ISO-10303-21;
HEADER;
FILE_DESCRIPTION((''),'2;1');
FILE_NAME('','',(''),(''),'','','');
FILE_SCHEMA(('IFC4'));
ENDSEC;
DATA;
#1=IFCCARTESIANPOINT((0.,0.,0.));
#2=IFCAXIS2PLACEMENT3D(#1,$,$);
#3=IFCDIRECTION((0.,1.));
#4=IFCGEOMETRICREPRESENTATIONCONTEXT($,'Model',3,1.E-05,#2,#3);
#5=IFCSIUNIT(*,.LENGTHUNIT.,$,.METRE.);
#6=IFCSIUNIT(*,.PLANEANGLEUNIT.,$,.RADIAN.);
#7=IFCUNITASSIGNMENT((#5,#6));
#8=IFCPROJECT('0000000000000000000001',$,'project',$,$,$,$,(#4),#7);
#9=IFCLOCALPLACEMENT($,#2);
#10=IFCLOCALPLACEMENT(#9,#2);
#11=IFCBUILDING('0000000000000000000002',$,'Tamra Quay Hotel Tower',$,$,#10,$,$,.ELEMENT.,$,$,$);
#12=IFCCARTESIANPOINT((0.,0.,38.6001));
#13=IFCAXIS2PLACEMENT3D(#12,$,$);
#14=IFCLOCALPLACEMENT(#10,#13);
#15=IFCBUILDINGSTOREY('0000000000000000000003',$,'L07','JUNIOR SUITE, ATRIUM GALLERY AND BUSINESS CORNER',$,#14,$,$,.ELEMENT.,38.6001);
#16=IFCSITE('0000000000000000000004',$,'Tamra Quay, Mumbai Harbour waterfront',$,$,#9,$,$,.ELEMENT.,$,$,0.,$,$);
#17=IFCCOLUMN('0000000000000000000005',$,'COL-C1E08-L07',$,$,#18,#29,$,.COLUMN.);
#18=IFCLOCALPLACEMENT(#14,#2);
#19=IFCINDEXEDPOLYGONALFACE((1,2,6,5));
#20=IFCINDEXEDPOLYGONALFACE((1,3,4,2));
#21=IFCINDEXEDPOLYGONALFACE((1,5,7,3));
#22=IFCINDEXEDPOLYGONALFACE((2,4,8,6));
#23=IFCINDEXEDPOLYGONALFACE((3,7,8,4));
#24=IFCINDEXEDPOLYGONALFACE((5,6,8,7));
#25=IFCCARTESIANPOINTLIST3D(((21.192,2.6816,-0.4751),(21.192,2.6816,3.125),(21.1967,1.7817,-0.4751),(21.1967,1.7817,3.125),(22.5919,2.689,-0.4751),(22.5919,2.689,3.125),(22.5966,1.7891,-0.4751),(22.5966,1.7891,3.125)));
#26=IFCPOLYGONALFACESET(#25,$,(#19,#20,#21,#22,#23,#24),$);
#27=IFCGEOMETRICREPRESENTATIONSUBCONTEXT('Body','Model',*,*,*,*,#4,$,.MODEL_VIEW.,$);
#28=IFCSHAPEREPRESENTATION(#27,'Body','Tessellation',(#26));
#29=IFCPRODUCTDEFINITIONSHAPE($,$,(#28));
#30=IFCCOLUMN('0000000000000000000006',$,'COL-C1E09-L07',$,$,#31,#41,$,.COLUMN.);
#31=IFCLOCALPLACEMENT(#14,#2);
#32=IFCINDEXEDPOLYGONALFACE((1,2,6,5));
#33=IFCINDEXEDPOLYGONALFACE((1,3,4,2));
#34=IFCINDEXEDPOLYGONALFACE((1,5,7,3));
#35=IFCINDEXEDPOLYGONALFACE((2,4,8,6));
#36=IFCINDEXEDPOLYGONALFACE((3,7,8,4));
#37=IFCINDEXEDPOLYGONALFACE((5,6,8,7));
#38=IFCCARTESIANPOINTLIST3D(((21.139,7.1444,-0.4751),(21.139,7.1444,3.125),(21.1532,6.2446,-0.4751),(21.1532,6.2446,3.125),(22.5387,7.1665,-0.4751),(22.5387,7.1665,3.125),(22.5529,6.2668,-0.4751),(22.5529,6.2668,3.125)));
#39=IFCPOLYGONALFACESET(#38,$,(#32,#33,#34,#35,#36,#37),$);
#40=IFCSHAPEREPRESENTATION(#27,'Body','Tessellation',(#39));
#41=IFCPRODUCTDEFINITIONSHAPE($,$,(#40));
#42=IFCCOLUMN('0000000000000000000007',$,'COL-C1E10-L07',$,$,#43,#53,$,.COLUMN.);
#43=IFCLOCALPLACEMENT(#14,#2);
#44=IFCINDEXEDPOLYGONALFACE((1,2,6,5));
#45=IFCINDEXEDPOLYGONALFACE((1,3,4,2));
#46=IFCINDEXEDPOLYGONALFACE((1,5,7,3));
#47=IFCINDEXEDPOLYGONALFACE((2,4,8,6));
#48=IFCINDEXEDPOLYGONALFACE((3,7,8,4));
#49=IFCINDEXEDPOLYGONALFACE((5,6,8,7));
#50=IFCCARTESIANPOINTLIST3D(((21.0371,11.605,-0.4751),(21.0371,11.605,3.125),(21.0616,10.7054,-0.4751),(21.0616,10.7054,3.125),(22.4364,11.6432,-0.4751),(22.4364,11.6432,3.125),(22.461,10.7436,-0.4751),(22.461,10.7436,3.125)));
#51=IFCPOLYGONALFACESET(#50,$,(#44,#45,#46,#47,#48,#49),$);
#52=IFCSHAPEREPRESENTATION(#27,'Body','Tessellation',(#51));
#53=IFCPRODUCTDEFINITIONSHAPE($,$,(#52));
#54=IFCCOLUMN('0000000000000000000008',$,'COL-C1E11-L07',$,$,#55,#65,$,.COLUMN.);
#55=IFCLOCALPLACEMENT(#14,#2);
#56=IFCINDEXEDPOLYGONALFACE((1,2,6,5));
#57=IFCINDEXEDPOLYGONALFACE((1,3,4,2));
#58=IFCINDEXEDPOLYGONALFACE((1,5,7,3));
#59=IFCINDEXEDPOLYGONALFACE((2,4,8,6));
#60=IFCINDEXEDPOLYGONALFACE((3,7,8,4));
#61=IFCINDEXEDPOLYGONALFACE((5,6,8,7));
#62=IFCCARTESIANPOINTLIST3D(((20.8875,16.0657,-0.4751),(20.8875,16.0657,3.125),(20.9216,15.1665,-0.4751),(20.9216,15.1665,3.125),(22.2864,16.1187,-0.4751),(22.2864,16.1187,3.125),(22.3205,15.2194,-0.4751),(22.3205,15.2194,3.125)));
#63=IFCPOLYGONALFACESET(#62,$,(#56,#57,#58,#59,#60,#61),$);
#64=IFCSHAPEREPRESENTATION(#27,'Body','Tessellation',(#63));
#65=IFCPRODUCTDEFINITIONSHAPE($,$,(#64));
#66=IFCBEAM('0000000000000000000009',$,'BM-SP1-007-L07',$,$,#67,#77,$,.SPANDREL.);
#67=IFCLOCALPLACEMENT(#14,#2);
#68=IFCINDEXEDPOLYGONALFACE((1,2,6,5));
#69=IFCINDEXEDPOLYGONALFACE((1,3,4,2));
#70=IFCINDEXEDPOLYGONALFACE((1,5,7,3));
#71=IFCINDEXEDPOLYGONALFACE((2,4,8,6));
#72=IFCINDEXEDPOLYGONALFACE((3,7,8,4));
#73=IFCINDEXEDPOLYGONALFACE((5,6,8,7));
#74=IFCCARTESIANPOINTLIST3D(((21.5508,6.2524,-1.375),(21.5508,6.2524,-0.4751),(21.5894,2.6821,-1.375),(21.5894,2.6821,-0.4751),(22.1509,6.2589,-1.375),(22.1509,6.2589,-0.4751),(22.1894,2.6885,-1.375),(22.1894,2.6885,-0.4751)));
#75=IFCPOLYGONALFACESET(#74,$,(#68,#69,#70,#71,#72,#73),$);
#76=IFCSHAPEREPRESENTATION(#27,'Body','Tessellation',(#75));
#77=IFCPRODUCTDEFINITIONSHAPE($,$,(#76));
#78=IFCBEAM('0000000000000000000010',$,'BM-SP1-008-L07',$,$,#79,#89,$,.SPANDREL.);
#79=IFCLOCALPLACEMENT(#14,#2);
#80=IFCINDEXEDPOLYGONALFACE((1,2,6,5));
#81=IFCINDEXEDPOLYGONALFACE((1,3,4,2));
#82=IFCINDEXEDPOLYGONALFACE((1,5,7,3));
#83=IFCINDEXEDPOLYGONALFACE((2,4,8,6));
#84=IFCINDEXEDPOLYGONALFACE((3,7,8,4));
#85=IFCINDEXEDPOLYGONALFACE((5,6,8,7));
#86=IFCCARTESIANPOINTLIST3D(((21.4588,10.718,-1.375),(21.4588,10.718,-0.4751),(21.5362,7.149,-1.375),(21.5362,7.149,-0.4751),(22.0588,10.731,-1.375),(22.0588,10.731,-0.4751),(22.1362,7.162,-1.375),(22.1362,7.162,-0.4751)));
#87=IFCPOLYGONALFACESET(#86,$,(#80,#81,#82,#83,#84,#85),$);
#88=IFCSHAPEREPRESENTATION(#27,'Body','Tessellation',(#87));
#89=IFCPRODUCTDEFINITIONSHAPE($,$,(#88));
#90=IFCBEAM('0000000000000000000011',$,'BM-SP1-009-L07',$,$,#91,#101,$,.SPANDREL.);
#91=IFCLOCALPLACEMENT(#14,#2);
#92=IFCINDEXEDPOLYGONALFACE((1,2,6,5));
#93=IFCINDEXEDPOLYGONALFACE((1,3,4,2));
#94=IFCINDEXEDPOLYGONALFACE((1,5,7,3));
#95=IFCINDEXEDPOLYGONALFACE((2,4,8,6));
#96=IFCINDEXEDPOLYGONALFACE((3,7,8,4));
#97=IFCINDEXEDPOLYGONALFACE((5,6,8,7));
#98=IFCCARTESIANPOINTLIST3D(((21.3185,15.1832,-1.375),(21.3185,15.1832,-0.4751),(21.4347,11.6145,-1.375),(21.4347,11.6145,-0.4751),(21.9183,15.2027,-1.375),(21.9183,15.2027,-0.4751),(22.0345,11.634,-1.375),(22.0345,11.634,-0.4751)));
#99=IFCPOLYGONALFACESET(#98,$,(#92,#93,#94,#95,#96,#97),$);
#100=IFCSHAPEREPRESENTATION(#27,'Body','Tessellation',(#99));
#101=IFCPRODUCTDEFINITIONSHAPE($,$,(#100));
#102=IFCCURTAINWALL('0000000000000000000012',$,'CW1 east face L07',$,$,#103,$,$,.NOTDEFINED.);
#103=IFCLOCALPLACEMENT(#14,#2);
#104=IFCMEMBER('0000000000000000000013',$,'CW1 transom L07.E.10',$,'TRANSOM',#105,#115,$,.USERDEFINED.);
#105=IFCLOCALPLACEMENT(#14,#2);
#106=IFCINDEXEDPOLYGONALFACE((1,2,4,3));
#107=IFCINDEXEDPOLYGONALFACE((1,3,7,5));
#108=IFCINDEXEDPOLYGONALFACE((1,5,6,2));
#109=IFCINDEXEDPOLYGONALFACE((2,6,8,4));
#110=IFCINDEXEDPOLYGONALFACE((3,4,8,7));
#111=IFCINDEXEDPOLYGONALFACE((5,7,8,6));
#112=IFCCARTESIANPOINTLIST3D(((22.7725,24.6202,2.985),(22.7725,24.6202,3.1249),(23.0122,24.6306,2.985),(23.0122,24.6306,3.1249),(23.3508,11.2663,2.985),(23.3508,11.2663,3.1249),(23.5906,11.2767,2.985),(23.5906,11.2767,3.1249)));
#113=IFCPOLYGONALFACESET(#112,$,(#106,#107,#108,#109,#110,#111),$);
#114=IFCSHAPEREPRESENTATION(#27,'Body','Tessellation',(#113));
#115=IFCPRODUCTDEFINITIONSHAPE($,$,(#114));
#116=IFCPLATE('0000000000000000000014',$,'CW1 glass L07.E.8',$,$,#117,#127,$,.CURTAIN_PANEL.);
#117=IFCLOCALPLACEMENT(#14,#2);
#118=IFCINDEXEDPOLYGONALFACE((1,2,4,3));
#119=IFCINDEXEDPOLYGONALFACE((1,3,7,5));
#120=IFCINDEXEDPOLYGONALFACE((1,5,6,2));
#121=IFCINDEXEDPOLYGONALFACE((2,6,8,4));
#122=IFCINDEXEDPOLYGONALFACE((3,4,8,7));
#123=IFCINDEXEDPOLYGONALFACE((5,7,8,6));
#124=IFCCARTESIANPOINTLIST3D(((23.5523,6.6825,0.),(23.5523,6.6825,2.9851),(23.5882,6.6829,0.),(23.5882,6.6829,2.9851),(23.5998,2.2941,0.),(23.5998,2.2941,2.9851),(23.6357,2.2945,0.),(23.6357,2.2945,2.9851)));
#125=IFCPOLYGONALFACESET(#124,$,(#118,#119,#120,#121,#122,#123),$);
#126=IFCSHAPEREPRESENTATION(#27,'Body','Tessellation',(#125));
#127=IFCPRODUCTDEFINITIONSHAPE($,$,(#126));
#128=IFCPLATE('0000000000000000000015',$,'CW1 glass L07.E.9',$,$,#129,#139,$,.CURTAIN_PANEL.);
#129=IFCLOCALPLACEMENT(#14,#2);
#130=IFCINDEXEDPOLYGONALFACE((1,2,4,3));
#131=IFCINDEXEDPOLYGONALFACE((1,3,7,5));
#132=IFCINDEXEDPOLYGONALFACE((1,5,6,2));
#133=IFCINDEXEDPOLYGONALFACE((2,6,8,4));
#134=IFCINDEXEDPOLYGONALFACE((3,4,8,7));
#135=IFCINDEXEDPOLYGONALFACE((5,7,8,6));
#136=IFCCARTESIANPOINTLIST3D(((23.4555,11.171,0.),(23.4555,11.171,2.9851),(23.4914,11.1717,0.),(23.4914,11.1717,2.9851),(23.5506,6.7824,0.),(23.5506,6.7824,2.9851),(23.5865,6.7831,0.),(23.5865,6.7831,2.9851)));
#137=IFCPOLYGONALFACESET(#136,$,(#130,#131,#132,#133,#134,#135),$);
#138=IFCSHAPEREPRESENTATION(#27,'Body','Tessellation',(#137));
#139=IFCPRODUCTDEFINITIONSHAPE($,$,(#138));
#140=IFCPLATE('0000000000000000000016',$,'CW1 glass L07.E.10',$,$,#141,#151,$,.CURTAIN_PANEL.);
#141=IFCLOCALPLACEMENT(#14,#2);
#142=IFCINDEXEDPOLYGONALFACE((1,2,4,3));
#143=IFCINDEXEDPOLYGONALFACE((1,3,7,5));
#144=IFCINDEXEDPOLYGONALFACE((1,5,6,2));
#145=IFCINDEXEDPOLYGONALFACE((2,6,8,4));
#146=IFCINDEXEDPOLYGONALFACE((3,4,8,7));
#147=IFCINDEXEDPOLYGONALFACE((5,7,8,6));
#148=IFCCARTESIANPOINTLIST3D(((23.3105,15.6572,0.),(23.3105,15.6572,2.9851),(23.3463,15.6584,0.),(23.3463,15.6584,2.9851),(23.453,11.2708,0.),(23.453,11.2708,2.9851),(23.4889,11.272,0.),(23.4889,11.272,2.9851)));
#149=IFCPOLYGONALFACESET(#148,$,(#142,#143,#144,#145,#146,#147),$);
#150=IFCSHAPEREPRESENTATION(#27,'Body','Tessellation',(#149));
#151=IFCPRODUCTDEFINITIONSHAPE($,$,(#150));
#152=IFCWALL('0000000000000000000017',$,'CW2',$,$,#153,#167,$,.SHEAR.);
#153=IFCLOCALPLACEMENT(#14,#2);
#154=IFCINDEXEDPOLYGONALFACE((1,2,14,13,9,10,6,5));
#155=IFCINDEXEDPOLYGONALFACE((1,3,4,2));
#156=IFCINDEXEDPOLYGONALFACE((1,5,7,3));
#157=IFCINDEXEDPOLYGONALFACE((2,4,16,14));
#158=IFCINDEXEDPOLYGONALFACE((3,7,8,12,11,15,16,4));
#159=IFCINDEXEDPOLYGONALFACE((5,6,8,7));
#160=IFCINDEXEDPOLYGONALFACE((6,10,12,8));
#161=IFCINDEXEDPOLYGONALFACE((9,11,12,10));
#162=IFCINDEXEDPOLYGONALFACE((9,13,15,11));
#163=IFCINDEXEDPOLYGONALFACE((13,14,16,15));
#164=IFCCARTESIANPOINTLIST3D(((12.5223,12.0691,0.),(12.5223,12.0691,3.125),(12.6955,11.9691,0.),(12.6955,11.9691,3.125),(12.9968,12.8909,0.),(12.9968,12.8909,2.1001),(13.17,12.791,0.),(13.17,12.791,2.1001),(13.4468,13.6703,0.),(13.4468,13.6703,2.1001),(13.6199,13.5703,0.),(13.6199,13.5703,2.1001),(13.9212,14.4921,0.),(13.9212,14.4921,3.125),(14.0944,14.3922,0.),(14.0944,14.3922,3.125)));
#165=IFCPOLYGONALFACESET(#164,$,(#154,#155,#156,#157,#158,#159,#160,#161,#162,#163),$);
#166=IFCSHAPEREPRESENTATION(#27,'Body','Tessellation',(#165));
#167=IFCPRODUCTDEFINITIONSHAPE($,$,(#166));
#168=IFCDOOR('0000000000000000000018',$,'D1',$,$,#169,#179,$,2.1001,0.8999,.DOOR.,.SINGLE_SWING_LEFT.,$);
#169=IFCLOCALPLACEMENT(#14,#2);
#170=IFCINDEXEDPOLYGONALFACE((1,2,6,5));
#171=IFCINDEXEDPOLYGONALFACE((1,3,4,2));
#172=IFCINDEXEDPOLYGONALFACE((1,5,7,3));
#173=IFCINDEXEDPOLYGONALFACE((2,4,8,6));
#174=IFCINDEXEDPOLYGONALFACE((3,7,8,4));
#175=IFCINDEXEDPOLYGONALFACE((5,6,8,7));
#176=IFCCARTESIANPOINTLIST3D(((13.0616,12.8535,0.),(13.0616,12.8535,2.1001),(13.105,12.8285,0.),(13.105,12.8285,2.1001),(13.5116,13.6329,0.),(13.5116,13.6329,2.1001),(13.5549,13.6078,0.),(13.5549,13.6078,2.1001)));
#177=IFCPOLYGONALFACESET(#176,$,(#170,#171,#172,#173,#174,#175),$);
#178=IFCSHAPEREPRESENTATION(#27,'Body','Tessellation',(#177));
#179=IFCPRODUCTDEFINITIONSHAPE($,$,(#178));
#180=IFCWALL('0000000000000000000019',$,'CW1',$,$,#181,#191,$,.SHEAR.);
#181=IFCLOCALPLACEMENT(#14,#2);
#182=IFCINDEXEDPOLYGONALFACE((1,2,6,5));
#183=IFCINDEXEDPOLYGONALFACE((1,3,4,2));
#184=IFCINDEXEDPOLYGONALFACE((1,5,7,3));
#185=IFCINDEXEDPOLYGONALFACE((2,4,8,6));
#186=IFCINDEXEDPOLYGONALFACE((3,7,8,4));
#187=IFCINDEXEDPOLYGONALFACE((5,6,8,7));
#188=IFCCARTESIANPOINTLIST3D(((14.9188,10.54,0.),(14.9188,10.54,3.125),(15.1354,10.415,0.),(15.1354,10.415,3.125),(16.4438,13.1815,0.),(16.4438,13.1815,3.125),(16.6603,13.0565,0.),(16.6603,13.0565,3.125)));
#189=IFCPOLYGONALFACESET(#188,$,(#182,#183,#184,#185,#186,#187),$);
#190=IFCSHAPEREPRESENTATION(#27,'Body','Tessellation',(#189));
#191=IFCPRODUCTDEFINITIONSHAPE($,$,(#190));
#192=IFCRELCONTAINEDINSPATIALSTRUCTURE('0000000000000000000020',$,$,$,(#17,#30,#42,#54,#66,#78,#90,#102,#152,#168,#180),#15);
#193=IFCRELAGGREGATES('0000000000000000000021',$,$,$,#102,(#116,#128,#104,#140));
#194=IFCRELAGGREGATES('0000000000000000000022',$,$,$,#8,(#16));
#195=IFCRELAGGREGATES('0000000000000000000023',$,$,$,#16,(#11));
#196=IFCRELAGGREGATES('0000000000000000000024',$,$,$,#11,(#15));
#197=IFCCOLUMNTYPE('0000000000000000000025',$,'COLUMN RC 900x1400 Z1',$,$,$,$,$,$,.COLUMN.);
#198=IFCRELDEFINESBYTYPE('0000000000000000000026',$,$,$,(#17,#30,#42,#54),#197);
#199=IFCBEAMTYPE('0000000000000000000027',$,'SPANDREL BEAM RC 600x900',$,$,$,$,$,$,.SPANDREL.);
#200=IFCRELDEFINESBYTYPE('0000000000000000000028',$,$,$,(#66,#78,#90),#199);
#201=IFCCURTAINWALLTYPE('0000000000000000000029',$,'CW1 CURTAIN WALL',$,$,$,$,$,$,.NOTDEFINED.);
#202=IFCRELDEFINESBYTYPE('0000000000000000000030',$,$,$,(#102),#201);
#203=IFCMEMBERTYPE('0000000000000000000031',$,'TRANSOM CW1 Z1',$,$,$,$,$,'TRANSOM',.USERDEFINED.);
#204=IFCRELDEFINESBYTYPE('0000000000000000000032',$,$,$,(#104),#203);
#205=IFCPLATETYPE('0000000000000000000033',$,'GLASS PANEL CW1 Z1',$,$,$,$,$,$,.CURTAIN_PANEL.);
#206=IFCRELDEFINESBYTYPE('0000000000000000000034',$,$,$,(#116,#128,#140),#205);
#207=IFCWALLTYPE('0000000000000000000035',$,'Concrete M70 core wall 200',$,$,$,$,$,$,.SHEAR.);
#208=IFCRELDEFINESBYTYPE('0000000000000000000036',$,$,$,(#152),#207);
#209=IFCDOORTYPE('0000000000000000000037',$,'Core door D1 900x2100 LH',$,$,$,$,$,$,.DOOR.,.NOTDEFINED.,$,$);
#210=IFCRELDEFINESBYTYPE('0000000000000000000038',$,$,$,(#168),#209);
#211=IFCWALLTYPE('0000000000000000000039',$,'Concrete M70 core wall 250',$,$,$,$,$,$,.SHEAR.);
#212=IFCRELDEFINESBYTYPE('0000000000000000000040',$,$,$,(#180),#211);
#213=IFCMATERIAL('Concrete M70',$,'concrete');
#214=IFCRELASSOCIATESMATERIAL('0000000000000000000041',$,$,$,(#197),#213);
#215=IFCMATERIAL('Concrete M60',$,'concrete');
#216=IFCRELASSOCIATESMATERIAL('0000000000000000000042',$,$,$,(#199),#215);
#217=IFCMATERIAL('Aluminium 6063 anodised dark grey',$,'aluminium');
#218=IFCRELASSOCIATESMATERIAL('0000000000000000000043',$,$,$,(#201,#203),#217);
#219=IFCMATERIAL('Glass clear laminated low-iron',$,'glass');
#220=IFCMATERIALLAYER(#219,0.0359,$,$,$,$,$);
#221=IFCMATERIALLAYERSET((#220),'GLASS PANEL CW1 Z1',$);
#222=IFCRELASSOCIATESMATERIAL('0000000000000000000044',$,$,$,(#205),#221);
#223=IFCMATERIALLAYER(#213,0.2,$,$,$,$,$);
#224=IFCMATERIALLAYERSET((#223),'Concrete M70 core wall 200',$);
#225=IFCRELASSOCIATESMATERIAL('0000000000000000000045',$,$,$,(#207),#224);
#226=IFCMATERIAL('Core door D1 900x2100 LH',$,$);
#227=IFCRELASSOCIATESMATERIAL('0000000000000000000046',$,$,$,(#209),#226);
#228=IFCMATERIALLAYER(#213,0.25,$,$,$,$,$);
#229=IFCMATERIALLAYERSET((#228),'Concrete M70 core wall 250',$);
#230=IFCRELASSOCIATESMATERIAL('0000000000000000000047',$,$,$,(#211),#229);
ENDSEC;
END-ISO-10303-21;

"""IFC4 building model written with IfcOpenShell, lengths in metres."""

from ifc_helpers import new_model, si_unit, direction, frame, frame_2d, origin, origin_2d, place, context, subcontext, project, spatial, rectangle, extrude, material, layer, layer_set, material_profile, profile_set, type_object, element, fill, aggregate, save


model = new_model("IFC4")

# Units and contexts
model_context = context("Model", 3, precision=1e-05, world=origin(), true_north=direction((0.0, 1.0)))
body_context = subcontext(model_context, "Body", "Model", "MODEL_VIEW")
ifc_project = project(units=[si_unit("LENGTHUNIT", "METRE"), si_unit("PLANEANGLEUNIT", "RADIAN")], contexts=[model_context])

# Site, building, storey
site_placement = place(None, origin())
site = spatial("IfcSite", under=ifc_project, at=site_placement, Name="Tamra Quay, Mumbai Harbour waterfront", CompositionType="ELEMENT", RefElevation=0.0)
building_placement = place(site_placement, origin())
building = spatial("IfcBuilding", under=site, at=building_placement, Name="Tamra Quay Hotel Tower", CompositionType="ELEMENT")
storey_placement = place(building_placement, frame((0.0, 0.0, 38.6001)))
storey = spatial("IfcBuildingStorey", under=building, at=storey_placement, Name="L07", Description="JUNIOR SUITE, ATRIUM GALLERY AND BUSINESS CORNER", CompositionType="ELEMENT", Elevation=38.6001)

# Columns
ifc_material_1 = material(Name="Concrete M70", Category="concrete")
ifc_material_profile_1 = material_profile(ifc_material_1, rectangle(XDim=1.3999, YDim=0.8999, at=origin_2d()), Name="COLUMN RC 900x1400 Z1")
ifc_profile_set_1 = profile_set([ifc_material_profile_1], Name="Concrete M70")
column_type = type_object("IfcColumnType", Name="COLUMN RC 900x1400 Z1", PredefinedType="COLUMN", material=ifc_profile_set_1)
for number, where, z_axis, x_axis, name in (
    (1, (21.8943, 2.2354, -0.4751), (0.0, 0.0, 1.0), (0.999986, 0.00528, 0.0), "COL-C1E08-L07"),
    (2, (21.8459, 6.7056, -0.4751), (0.0, 0.0, 1.0), (0.999875, 0.015838, 0.0), "COL-C1E09-L07"),
    (3, (21.749, 11.1743, -0.4751), (0.0, 0.0, 1.0), (0.999628, 0.027269, 0.0), "COL-C1E10-L07"),
    (4, (21.604, 15.6426, -0.4751), (0.0, 0.0, 1.0), (0.999285, 0.037812, 0.0), "COL-C1E11-L07"),
):
    element("IfcColumn", number, at=place(storey_placement, frame(where, z_axis=z_axis, x_axis=x_axis)), inside=storey, type_object=column_type, Name=name, PredefinedType="COLUMN", context=body_context, shape_type="SweptSolid", body=[
        extrude(rectangle(XDim=1.3999, YDim=0.8999, at=origin_2d()), origin(), (0.0, 0.0, 1.0), 3.6001),
    ])

# Beams
ifc_material_2 = material(Name="Concrete M60", Category="concrete")
ifc_material_profile_2 = material_profile(ifc_material_2, rectangle(XDim=0.6001, YDim=0.8999, at=origin_2d()), Name="SPANDREL BEAM RC 600x900")
ifc_profile_set_2 = profile_set([ifc_material_profile_2], Name="Concrete M60")
beam_type = type_object("IfcBeamType", Name="SPANDREL BEAM RC 600x900", PredefinedType="SPANDREL", material=ifc_profile_set_2)
beam_1_placement = place(storey_placement, frame((21.8894, 2.6853, -0.925), z_axis=(-0.010804, 0.999942, 0.0), x_axis=(-0.999942, -0.010804, 0.0)))
element("IfcBeam", 5, at=beam_1_placement, inside=storey, type_object=beam_type, Name="BM-SP1-007-L07", PredefinedType="SPANDREL", context=body_context, shape_type="SweptSolid", body=[
    extrude(rectangle(XDim=0.6001, YDim=0.8999, at=origin_2d()), origin(), (0.0, 0.0, 1.0), 3.5706),
])
beam_2_placement = place(storey_placement, frame((21.8362, 7.1555, -0.925), z_axis=(-0.021679, 0.999765, 0.0), x_axis=(-0.999765, -0.021679, 0.0)))
element("IfcBeam", 6, at=beam_2_placement, inside=storey, type_object=beam_type, Name="BM-SP1-008-L07", PredefinedType="SPANDREL", context=body_context, shape_type="SweptSolid", body=[
    extrude(rectangle(XDim=0.6001, YDim=0.8999, at=origin_2d()), origin(), (0.0, 0.0, 1.0), 3.5698),
])
beam_3_placement = place(storey_placement, frame((21.7346, 11.6243, -0.925), z_axis=(-0.032548, 0.99947, 0.0), x_axis=(-0.99947, -0.032548, 0.0)))
element("IfcBeam", 7, at=beam_3_placement, inside=storey, type_object=beam_type, Name="BM-SP1-009-L07", PredefinedType="SPANDREL", context=body_context, shape_type="SweptSolid", body=[
    extrude(rectangle(XDim=0.6001, YDim=0.8999, at=origin_2d()), origin(), (0.0, 0.0, 1.0), 3.5706),
])

# Curtain wall, member, plates
ifc_material_3 = material(Name="Aluminium 6063 anodised dark grey", Category="aluminium")
curtain_wall_type = type_object("IfcCurtainWallType", Name="CW1 CURTAIN WALL", PredefinedType="NOTDEFINED", material=ifc_material_3)
curtain_wall_placement = place(storey_placement, origin())
curtain_wall = element("IfcCurtainWall", 8, at=curtain_wall_placement, inside=storey, type_object=curtain_wall_type, Name="CW1 east face L07", PredefinedType="NOTDEFINED")
ifc_material_profile_3 = material_profile(ifc_material_3, rectangle(XDim=0.24, YDim=0.1399, at=origin_2d()), Name="TRANSOM 240X140")
ifc_profile_set_3 = profile_set([ifc_material_profile_3], Name="Aluminium 6063 anodised dark grey")
member_type = type_object("IfcMemberType", Name="TRANSOM CW1 Z1", ElementType="TRANSOM", PredefinedType="USERDEFINED", material=ifc_profile_set_3)
member_placement = place(storey_placement, frame((23.4707, 11.2715, 3.0549), z_axis=(-0.04327, 0.999063, 0.0), x_axis=(-0.999063, -0.04327, 0.0)))
member = element("IfcMember", 9, at=member_placement, type_object=member_type, Name="CW1 transom L07.E.10", ObjectType="TRANSOM", PredefinedType="USERDEFINED", context=body_context, shape_type="SweptSolid", body=[
    extrude(rectangle(XDim=0.24, YDim=0.1399, at=origin_2d()), origin(), (0.0, 0.0, 1.0), 13.3665),
])
ifc_material_4 = material(Name="Glass clear laminated low-iron", Category="glass")
ifc_layer_1 = layer(ifc_material_4, 0.0359)
ifc_layer_set_1 = layer_set([ifc_layer_1], Name="GLASS PANEL CW1 Z1")
plate_type = type_object("IfcPlateType", Name="GLASS PANEL CW1 Z1", PredefinedType="CURTAIN_PANEL", material=ifc_layer_set_1)
plate_1_placement = place(storey_placement, frame((23.594, 4.4885, 0.0), z_axis=(0.0, 0.0, 1.0), x_axis=(-0.010836, 0.999941, 0.0)))
plate_1 = element("IfcPlate", 10, at=plate_1_placement, type_object=plate_type, Name="CW1 glass L07.E.8", PredefinedType="CURTAIN_PANEL", context=body_context, shape_type="SweptSolid", body=[
    extrude(rectangle(XDim=4.3887, YDim=0.0359, at=origin_2d()), origin(), (0.0, 0.0, 1.0), 2.9851),
])
plate_2_placement = place(storey_placement, frame((23.521, 8.9771, 0.0), z_axis=(0.0, 0.0, 1.0), x_axis=(-0.021658, 0.999765, 0.0)))
plate_2 = element("IfcPlate", 11, at=plate_2_placement, type_object=plate_type, Name="CW1 glass L07.E.9", PredefinedType="CURTAIN_PANEL", context=body_context, shape_type="SweptSolid", body=[
    extrude(rectangle(XDim=4.3896, YDim=0.0359, at=origin_2d()), origin(), (0.0, 0.0, 1.0), 2.9851),
])
plate_3_placement = place(storey_placement, frame((23.3997, 13.4646, 0.0), z_axis=(0.0, 0.0, 1.0), x_axis=(-0.032475, 0.999473, 0.0)))
plate_3 = element("IfcPlate", 12, at=plate_3_placement, type_object=plate_type, Name="CW1 glass L07.E.10", PredefinedType="CURTAIN_PANEL", context=body_context, shape_type="SweptSolid", body=[
    extrude(rectangle(XDim=4.3887, YDim=0.0359, at=origin_2d()), origin(), (0.0, 0.0, 1.0), 2.9851),
])
aggregate(curtain_wall, [plate_1, plate_2, member, plate_3])

# Wall, opening, door
ifc_layer_2 = layer(ifc_material_1, 0.2)
ifc_layer_set_2 = layer_set([ifc_layer_2], Name="Concrete M70 core wall 200")
wall_type_1 = type_object("IfcWallType", Name="Concrete M70 core wall 200", PredefinedType="SHEAR", material=ifc_layer_set_2)
wall_1_placement = place(storey_placement, frame((14.0078, 14.4421, 0.0), z_axis=(0.0, 0.0, 1.0), x_axis=(-0.499987, -0.866033, 0.0)))
wall_1 = element("IfcWall", 13, at=wall_1_placement, inside=storey, type_object=wall_type_1, Name="CW2", PredefinedType="SHEAR", context=body_context, shape_type="SweptSolid", body=[
    extrude(rectangle(XDim=2.7979, YDim=0.2, at=frame_2d((1.3989, 0.0))), origin(), (0.0, 0.0, 1.0), 3.125),
])
opening_1_placement = place(wall_1_placement, frame((0.949, 0.0, 0.0)))
opening_1 = element("IfcOpeningElement", 14, at=opening_1_placement, cuts=wall_1, PredefinedType="OPENING", context=body_context, shape_type="SweptSolid", body=[
    extrude(rectangle(XDim=0.8999, YDim=2.1001, at=frame_2d((0.45, 1.05))), frame((0.0, 0.1099, 0.0), z_axis=(0.0, -1.0, 0.0), x_axis=(1.0, 0.0, 0.0)), (0.0, 0.0, 1.0), 0.22),
])
ifc_material_5 = material(Name="Core door D1 900x2100 LH")
door_type_1 = type_object("IfcDoorType", Name="Core door D1 900x2100 LH", OperationType="NOTDEFINED", PredefinedType="DOOR", material=ifc_material_5)
door_1_placement = place(opening_1_placement, origin())
door_1 = element("IfcDoor", 15, at=door_1_placement, inside=storey, type_object=door_type_1, Name="D1", OperationType="SINGLE_SWING_LEFT", OverallHeight=2.1001, OverallWidth=0.8999, PredefinedType="DOOR", context=body_context, shape_type="SweptSolid", body=[
    extrude(rectangle(XDim=0.8999, YDim=2.1001, at=frame_2d((0.45, 1.05))), frame((0.0, 0.0249, 0.0), z_axis=(0.0, -1.0, 0.0), x_axis=(1.0, 0.0, 0.0)), (0.0, 0.0, 1.0), 0.05),
])
fill(opening_1, door_1)

# Wall
ifc_layer_3 = layer(ifc_material_1, 0.25)
ifc_layer_set_3 = layer_set([ifc_layer_3], Name="Concrete M70 core wall 250")
wall_type_2 = type_object("IfcWallType", Name="Concrete M70 core wall 250", PredefinedType="SHEAR", material=ifc_layer_set_3)
wall_2_placement = place(storey_placement, frame((16.552, 13.1189, 0.0), z_axis=(0.0, 0.0, 1.0), x_axis=(-0.499979, -0.866038, 0.0)))
element("IfcWall", 16, at=wall_2_placement, inside=storey, type_object=wall_type_2, Name="CW1", PredefinedType="SHEAR", context=body_context, shape_type="SweptSolid", body=[
    extrude(rectangle(XDim=3.05, YDim=0.25, at=frame_2d((1.5249, 0.0))), origin(), (0.0, 0.0, 1.0), 3.125),
])

save(model, "model.ifc")
